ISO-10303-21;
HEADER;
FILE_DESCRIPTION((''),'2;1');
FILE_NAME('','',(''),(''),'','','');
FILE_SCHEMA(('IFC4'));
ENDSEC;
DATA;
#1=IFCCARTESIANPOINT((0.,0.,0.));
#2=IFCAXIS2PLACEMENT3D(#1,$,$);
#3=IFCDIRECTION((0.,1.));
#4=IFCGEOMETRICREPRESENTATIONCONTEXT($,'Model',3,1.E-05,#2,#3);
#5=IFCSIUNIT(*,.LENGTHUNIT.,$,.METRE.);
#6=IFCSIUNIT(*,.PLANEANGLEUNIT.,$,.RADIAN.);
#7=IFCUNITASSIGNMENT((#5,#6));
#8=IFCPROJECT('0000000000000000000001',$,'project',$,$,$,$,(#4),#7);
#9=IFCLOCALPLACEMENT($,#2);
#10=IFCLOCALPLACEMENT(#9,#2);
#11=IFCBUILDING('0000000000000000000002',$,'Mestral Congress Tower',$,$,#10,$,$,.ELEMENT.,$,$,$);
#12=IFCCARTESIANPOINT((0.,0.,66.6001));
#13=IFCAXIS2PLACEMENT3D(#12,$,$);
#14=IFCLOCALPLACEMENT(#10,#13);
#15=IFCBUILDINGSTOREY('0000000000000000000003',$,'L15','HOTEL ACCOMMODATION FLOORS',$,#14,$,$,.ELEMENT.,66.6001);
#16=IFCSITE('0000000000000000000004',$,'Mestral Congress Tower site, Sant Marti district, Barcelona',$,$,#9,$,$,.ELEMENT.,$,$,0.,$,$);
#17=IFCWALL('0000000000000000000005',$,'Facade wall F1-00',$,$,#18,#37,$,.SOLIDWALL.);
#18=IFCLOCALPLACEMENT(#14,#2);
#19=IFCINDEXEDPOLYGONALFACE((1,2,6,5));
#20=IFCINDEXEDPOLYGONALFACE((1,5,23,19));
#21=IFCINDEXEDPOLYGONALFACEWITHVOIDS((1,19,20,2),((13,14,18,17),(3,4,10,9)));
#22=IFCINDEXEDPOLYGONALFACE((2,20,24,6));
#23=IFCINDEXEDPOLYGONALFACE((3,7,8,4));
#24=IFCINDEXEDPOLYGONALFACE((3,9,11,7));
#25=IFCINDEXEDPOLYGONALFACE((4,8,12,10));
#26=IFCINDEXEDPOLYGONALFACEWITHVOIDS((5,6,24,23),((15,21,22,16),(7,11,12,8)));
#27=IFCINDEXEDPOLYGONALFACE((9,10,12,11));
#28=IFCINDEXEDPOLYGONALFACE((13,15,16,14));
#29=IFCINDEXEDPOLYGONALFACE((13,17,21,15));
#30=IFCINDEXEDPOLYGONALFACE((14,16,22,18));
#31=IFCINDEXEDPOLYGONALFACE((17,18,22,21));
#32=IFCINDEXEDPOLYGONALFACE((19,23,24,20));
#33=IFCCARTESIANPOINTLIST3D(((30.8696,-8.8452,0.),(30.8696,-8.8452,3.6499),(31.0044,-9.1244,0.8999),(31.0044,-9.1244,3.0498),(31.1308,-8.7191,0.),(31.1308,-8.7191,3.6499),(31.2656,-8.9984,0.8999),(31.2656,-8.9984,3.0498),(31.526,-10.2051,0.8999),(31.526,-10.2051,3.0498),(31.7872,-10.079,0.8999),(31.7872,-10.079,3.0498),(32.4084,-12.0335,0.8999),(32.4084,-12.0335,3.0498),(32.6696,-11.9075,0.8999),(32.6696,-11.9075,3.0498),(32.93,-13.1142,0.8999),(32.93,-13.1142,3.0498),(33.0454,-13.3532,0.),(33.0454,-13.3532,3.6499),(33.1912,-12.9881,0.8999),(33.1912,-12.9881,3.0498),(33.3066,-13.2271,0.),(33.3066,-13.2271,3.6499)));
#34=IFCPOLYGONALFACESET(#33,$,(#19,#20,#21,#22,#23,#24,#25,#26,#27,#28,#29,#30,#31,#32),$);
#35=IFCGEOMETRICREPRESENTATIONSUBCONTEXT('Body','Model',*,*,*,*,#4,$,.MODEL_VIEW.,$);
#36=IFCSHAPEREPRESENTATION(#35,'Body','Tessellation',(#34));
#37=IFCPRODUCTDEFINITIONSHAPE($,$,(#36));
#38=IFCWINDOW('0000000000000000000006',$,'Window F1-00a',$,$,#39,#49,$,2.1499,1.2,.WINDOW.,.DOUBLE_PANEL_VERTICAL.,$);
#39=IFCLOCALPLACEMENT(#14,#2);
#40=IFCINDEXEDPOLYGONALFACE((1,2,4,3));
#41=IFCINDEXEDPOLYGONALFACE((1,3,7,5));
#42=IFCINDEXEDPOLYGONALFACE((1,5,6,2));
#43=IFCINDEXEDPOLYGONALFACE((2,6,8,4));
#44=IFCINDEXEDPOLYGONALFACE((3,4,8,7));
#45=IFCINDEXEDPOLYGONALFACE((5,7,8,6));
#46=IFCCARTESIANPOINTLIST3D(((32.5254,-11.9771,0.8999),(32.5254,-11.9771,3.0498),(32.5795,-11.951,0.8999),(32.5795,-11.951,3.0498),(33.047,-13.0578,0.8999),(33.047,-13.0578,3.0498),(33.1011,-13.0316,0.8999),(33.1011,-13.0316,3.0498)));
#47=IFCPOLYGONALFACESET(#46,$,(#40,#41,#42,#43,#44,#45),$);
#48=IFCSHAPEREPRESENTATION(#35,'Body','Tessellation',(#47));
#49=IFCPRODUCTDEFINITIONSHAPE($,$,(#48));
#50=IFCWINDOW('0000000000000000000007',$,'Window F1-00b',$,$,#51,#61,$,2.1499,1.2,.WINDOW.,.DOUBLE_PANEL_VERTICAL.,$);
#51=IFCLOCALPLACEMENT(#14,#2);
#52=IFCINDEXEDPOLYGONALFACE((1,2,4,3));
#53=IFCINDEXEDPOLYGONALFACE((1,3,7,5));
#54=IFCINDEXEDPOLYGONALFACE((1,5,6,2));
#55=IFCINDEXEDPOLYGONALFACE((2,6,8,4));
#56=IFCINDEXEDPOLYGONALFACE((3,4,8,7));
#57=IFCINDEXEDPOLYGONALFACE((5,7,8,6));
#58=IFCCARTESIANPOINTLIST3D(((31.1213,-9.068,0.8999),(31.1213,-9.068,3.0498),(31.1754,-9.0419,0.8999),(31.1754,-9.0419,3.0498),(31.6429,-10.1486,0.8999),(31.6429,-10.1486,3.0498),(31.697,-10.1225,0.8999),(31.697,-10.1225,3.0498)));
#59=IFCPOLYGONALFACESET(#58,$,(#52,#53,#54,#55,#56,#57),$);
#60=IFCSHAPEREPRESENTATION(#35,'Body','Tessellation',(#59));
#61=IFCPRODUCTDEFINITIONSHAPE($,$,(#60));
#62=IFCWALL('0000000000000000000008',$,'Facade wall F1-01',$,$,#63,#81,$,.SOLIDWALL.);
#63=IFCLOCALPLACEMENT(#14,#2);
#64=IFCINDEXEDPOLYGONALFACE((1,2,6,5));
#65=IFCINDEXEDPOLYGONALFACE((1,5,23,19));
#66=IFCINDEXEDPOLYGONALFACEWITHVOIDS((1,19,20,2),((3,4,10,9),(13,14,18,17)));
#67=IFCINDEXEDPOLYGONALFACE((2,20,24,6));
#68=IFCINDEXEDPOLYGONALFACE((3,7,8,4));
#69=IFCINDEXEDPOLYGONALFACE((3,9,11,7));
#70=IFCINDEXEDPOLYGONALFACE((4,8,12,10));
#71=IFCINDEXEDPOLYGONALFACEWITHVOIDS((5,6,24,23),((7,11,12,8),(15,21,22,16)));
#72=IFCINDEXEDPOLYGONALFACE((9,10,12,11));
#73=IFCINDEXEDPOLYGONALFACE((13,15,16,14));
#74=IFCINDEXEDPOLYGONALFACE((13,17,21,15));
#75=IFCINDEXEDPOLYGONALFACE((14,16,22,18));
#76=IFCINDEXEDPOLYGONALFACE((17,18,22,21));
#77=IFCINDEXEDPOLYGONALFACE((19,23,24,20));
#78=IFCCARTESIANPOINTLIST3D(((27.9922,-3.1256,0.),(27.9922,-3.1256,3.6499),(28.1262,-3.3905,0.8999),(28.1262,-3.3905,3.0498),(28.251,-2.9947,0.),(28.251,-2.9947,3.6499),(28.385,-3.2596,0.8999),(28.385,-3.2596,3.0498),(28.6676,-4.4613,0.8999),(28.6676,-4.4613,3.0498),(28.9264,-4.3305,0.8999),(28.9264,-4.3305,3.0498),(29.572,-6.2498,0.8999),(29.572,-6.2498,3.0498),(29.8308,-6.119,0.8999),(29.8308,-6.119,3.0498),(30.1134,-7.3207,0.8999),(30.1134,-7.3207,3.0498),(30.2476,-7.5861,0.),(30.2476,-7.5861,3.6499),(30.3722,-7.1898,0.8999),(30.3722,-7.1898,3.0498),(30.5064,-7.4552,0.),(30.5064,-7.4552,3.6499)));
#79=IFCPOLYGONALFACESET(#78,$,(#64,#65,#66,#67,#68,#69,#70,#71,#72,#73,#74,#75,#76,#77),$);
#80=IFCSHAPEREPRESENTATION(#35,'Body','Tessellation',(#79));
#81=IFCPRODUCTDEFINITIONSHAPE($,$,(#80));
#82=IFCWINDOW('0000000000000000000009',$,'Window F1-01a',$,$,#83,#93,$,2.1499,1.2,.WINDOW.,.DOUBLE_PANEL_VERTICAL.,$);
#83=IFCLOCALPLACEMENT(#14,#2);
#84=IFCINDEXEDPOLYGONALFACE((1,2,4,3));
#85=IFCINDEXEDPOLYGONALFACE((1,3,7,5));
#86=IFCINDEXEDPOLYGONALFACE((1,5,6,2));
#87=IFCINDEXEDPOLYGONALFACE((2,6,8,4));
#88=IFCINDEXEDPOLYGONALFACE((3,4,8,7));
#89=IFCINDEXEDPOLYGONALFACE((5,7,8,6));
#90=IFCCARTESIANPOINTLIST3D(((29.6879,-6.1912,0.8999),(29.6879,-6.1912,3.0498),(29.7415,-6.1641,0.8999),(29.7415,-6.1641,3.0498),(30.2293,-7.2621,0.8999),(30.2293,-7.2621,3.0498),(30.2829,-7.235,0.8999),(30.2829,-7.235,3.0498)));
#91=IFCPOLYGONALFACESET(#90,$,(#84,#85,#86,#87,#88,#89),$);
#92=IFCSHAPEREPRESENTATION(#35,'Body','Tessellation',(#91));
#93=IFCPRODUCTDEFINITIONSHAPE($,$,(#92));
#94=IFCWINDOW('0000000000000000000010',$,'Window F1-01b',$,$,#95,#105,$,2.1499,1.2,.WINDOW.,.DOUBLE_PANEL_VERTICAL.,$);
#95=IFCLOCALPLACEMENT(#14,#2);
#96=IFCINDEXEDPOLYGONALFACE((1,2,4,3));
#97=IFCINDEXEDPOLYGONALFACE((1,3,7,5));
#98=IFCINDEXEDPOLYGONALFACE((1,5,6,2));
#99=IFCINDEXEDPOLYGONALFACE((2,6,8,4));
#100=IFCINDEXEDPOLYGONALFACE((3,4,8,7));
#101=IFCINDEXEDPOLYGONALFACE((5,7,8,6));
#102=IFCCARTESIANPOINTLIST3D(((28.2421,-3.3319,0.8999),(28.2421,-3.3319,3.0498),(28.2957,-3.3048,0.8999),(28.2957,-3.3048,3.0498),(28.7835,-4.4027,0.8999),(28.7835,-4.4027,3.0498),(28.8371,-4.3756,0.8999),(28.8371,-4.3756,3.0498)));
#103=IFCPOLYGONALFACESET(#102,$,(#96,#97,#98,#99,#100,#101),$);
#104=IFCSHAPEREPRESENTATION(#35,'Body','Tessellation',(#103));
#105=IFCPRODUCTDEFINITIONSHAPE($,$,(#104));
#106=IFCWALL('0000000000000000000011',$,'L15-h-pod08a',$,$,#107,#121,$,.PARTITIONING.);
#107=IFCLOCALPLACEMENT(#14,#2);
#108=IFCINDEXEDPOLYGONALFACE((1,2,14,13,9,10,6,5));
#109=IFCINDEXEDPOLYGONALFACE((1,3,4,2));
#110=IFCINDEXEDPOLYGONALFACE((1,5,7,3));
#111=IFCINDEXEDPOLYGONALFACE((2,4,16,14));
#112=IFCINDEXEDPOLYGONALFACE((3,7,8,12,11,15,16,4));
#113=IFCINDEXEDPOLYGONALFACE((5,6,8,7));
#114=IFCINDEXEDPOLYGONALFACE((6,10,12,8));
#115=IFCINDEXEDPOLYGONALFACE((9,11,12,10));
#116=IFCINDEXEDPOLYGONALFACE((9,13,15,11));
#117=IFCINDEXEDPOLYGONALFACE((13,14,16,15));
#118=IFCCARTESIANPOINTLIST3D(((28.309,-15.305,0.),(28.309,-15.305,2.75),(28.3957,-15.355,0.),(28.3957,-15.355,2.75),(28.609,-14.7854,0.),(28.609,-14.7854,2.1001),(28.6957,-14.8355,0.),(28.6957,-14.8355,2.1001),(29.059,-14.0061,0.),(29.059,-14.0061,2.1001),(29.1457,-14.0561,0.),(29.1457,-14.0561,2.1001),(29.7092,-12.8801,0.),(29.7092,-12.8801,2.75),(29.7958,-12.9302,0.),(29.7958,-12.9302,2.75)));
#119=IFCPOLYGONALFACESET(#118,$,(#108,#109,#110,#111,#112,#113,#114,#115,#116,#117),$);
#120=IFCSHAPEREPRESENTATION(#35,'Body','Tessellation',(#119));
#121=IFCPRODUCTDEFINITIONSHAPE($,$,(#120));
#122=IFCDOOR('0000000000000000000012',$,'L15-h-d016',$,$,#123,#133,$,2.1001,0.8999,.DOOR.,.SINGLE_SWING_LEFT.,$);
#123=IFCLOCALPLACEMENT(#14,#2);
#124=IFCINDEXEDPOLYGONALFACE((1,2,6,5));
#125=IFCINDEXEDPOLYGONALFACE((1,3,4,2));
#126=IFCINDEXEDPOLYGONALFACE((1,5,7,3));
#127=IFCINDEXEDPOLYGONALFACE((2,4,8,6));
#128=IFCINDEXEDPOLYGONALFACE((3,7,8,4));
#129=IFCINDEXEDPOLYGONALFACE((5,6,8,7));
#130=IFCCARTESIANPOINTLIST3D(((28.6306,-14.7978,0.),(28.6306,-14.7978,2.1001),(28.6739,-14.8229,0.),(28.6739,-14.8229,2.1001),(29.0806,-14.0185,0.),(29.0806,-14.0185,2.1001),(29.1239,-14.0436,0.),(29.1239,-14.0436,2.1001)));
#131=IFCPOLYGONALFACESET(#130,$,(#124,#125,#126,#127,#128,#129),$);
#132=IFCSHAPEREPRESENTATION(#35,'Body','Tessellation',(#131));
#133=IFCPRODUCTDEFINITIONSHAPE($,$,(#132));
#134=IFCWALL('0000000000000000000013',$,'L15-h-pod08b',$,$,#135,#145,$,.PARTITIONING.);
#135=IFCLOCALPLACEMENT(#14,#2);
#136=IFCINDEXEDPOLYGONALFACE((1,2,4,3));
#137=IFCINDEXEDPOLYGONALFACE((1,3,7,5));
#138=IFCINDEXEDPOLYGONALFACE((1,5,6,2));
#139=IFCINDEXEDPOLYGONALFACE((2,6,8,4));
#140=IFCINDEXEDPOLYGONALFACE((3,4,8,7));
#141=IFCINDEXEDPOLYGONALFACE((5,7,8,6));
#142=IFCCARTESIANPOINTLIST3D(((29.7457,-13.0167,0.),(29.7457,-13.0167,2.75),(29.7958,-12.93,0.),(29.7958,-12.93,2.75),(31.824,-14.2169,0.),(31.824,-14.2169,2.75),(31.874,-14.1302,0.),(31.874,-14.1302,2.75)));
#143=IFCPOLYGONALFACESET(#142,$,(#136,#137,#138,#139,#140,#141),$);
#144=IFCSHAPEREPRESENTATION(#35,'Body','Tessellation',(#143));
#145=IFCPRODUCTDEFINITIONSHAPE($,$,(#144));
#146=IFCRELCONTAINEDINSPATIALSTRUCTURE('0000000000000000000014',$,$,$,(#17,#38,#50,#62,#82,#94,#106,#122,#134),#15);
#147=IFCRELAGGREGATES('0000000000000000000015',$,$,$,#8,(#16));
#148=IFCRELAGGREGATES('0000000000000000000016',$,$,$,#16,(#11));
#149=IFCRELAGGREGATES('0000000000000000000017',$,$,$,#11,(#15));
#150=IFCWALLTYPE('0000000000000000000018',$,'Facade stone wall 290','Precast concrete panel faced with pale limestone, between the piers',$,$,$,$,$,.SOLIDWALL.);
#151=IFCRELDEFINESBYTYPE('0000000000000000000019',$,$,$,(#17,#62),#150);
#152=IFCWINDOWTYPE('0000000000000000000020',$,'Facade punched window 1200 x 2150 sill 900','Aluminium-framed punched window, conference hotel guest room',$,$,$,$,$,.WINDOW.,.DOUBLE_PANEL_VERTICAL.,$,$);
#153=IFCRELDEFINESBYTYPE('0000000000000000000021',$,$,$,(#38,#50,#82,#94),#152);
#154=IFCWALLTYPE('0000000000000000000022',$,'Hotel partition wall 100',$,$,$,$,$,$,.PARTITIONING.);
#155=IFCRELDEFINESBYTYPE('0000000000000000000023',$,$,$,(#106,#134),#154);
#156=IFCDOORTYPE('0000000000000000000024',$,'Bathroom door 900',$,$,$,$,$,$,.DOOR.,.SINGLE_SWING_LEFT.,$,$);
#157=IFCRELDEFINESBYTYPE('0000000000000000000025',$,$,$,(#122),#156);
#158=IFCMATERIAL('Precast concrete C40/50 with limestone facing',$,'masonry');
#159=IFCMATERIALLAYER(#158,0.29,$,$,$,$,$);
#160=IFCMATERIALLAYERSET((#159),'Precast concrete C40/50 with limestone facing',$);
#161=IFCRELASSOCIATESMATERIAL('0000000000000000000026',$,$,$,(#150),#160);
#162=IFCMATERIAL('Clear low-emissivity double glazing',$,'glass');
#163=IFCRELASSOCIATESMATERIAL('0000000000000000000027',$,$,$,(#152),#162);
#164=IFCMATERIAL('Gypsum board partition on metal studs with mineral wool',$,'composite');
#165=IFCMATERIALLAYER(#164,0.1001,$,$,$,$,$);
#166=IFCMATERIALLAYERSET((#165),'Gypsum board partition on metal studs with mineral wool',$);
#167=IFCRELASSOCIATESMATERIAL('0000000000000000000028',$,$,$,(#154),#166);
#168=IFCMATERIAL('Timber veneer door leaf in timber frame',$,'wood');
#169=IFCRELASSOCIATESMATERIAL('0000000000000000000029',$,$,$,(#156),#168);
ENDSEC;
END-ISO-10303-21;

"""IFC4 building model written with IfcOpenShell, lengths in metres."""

from ifc_helpers import new_model, si_unit, direction, frame, frame_2d, origin, place, context, subcontext, project, spatial, rectangle, extrude, material, layer, layer_set, type_object, element, fill, save


model = new_model("IFC4")

# Units and contexts
model_context = context("Model", 3, precision=1e-05, world=origin(), true_north=direction((0.0, 1.0)))
body_context = subcontext(model_context, "Body", "Model", "MODEL_VIEW")
ifc_project = project(units=[si_unit("LENGTHUNIT", "METRE"), si_unit("PLANEANGLEUNIT", "RADIAN")], contexts=[model_context])

# Site, building, storey
site_placement = place(None, origin())
site = spatial("IfcSite", under=ifc_project, at=site_placement, Name="Mestral Congress Tower site, Sant Marti district, Barcelona", CompositionType="ELEMENT", RefElevation=0.0)
building_placement = place(site_placement, origin())
building = spatial("IfcBuilding", under=site, at=building_placement, Name="Mestral Congress Tower", CompositionType="ELEMENT")
storey_placement = place(building_placement, frame((0.0, 0.0, 66.6001)))
storey = spatial("IfcBuildingStorey", under=building, at=storey_placement, Name="L15", Description="HOTEL ACCOMMODATION FLOORS", CompositionType="ELEMENT", Elevation=66.6001)

# Shared definitions
ifc_material_1 = material(Name="Precast concrete C40/50 with limestone facing", Category="masonry")
ifc_layer_1 = layer(ifc_material_1, 0.29)
ifc_layer_set_1 = layer_set([ifc_layer_1], Name="Precast concrete C40/50 with limestone facing")
wall_type_1 = type_object("IfcWallType", Name="Facade stone wall 290", Description="Precast concrete panel faced with pale limestone, between the piers", PredefinedType="SOLIDWALL", material=ifc_layer_set_1)
ifc_material_2 = material(Name="Clear low-emissivity double glazing", Category="glass")

# Walls, openings, windows
wall_1_placement = place(storey_placement, frame((33.176, -13.2903, 0.0), z_axis=(0.0, 0.0, 1.0), x_axis=(-0.434664, 0.900592, 0.0)))
wall_1 = element("IfcWall", 1, at=wall_1_placement, inside=storey, type_object=wall_type_1, Name="Facade wall F1-00", PredefinedType="SOLIDWALL", context=body_context, shape_type="SweptSolid", body=[
    extrude(rectangle(XDim=5.0056, YDim=0.29, at=frame_2d((2.5029, 0.0))), origin(), (0.0, 0.0, 1.0), 3.6499),
])
opening_1_placement = place(wall_1_placement, frame((0.2654, 0.0, 0.8999)))
opening_1 = element("IfcOpeningElement", 2, at=opening_1_placement, cuts=wall_1, PredefinedType="OPENING", context=body_context, shape_type="SweptSolid", body=[
    extrude(rectangle(XDim=1.2, YDim=2.1499, at=frame_2d((0.6001, 1.075))), frame((0.0, 0.155, 0.0), z_axis=(0.0, -1.0, 0.0), x_axis=(1.0, 0.0, 0.0)), (0.0, 0.0, 1.0), 0.3101),
])
opening_2_placement = place(wall_1_placement, frame((3.4956, 0.0, 0.8999)))
opening_2 = element("IfcOpeningElement", 3, at=opening_2_placement, cuts=wall_1, PredefinedType="OPENING", context=body_context, shape_type="SweptSolid", body=[
    extrude(rectangle(XDim=1.2, YDim=2.1499, at=frame_2d((0.6001, 1.075))), frame((0.0, 0.155, 0.0), z_axis=(0.0, -1.0, 0.0), x_axis=(1.0, 0.0, 0.0)), (0.0, 0.0, 1.0), 0.3101),
])
window_type_1 = type_object("IfcWindowType", Name="Facade punched window 1200 x 2150 sill 900", Description="Aluminium-framed punched window, conference hotel guest room", PartitioningType="DOUBLE_PANEL_VERTICAL", PredefinedType="WINDOW", material=ifc_material_2)
window_1_placement = place(opening_1_placement, origin())
window_1 = element("IfcWindow", 4, at=window_1_placement, inside=storey, type_object=window_type_1, Name="Window F1-00a", OverallHeight=2.1499, OverallWidth=1.2, PartitioningType="DOUBLE_PANEL_VERTICAL", PredefinedType="WINDOW", context=body_context, shape_type="SweptSolid", body=[
    extrude(rectangle(XDim=1.2, YDim=2.1499, at=frame_2d((0.6001, 1.075))), frame((0.0, 0.0151, 0.0), z_axis=(0.0, -1.0, 0.0), x_axis=(1.0, 0.0, 0.0)), (0.0, 0.0, 1.0), 0.0601),
])
fill(opening_1, window_1)
window_2_placement = place(opening_2_placement, origin())
window_2 = element("IfcWindow", 5, at=window_2_placement, inside=storey, type_object=window_type_1, Name="Window F1-00b", OverallHeight=2.1499, OverallWidth=1.2, PartitioningType="DOUBLE_PANEL_VERTICAL", PredefinedType="WINDOW", context=body_context, shape_type="SweptSolid", body=[
    extrude(rectangle(XDim=1.2, YDim=2.1499, at=frame_2d((0.6001, 1.075))), frame((0.0, 0.0151, 0.0), z_axis=(0.0, -1.0, 0.0), x_axis=(1.0, 0.0, 0.0)), (0.0, 0.0, 1.0), 0.0601),
])
fill(opening_2, window_2)
wall_2_placement = place(storey_placement, frame((30.377, -7.5205, 0.0), z_axis=(0.0, 0.0, 1.0), x_axis=(-0.451234, 0.892406, 0.0)))
wall_2 = element("IfcWall", 6, at=wall_2_placement, inside=storey, type_object=wall_type_1, Name="Facade wall F1-01", PredefinedType="SOLIDWALL", context=body_context, shape_type="SweptSolid", body=[
    extrude(rectangle(XDim=4.9983, YDim=0.29, at=frame_2d((2.499, 0.0))), origin(), (0.0, 0.0, 1.0), 3.6499),
])
opening_3_placement = place(wall_2_placement, frame((0.2971, 0.0, 0.8999)))
opening_3 = element("IfcOpeningElement", 7, at=opening_3_placement, cuts=wall_2, PredefinedType="OPENING", context=body_context, shape_type="SweptSolid", body=[
    extrude(rectangle(XDim=1.2, YDim=2.1499, at=frame_2d((0.6001, 1.075))), frame((0.0, 0.155, 0.0), z_axis=(0.0, -1.0, 0.0), x_axis=(1.0, 0.0, 0.0)), (0.0, 0.0, 1.0), 0.3101),
])
opening_4_placement = place(wall_2_placement, frame((3.5012, 0.0, 0.8999)))
opening_4 = element("IfcOpeningElement", 8, at=opening_4_placement, cuts=wall_2, PredefinedType="OPENING", context=body_context, shape_type="SweptSolid", body=[
    extrude(rectangle(XDim=1.2, YDim=2.1499, at=frame_2d((0.6001, 1.075))), frame((0.0, 0.155, 0.0), z_axis=(0.0, -1.0, 0.0), x_axis=(1.0, 0.0, 0.0)), (0.0, 0.0, 1.0), 0.3101),
])
window_3_placement = place(opening_3_placement, origin())
window_3 = element("IfcWindow", 9, at=window_3_placement, inside=storey, type_object=window_type_1, Name="Window F1-01a", OverallHeight=2.1499, OverallWidth=1.2, PartitioningType="DOUBLE_PANEL_VERTICAL", PredefinedType="WINDOW", context=body_context, shape_type="SweptSolid", body=[
    extrude(rectangle(XDim=1.2, YDim=2.1499, at=frame_2d((0.6001, 1.075))), frame((0.0, 0.0151, 0.0), z_axis=(0.0, -1.0, 0.0), x_axis=(1.0, 0.0, 0.0)), (0.0, 0.0, 1.0), 0.0601),
])
fill(opening_3, window_3)
window_4_placement = place(opening_4_placement, origin())
window_4 = element("IfcWindow", 10, at=window_4_placement, inside=storey, type_object=window_type_1, Name="Window F1-01b", OverallHeight=2.1499, OverallWidth=1.2, PartitioningType="DOUBLE_PANEL_VERTICAL", PredefinedType="WINDOW", context=body_context, shape_type="SweptSolid", body=[
    extrude(rectangle(XDim=1.2, YDim=2.1499, at=frame_2d((0.6001, 1.075))), frame((0.0, 0.0151, 0.0), z_axis=(0.0, -1.0, 0.0), x_axis=(1.0, 0.0, 0.0)), (0.0, 0.0, 1.0), 0.0601),
])
fill(opening_4, window_4)

# Wall, opening, door
ifc_material_3 = material(Name="Gypsum board partition on metal studs with mineral wool", Category="composite")
ifc_layer_2 = layer(ifc_material_3, 0.1001)
ifc_layer_set_2 = layer_set([ifc_layer_2], Name="Gypsum board partition on metal studs with mineral wool")
wall_type_2 = type_object("IfcWallType", Name="Hotel partition wall 100", PredefinedType="PARTITIONING", material=ifc_layer_set_2)
wall_3_placement = place(storey_placement, frame((29.7524, -12.9053, 0.0), z_axis=(0.0, 0.0, 1.0), x_axis=(-0.50005, -0.865997, 0.0)))
wall_3 = element("IfcWall", 11, at=wall_3_placement, inside=storey, type_object=wall_type_2, Name="L15-h-pod08a", PredefinedType="PARTITIONING", context=body_context, shape_type="SweptSolid", body=[
    extrude(rectangle(XDim=2.8, YDim=0.1001, at=frame_2d((1.3999, 0.0))), origin(), (0.0, 0.0, 1.0), 2.75),
])
opening_5_placement = place(wall_3_placement, frame((1.3, 0.0, 0.0)))
opening_5 = element("IfcOpeningElement", 12, at=opening_5_placement, cuts=wall_3, PredefinedType="OPENING", context=body_context, shape_type="SweptSolid", body=[
    extrude(rectangle(XDim=0.8999, YDim=2.1001, at=frame_2d((0.45, 1.05))), frame((0.0, 0.0601, 0.0), z_axis=(0.0, -1.0, 0.0), x_axis=(1.0, 0.0, 0.0)), (0.0, 0.0, 1.0), 0.1201),
])
ifc_material_4 = material(Name="Timber veneer door leaf in timber frame", Category="wood")
door_type = type_object("IfcDoorType", Name="Bathroom door 900", OperationType="SINGLE_SWING_LEFT", PredefinedType="DOOR", material=ifc_material_4)
door_placement = place(opening_5_placement, origin())
door = element("IfcDoor", 13, at=door_placement, inside=storey, type_object=door_type, Name="L15-h-d016", OperationType="SINGLE_SWING_LEFT", OverallHeight=2.1001, OverallWidth=0.8999, PredefinedType="DOOR", context=body_context, shape_type="SweptSolid", body=[
    extrude(rectangle(XDim=0.8999, YDim=2.1001, at=frame_2d((0.45, 1.05))), frame((0.0, 0.0249, 0.0), z_axis=(0.0, -1.0, 0.0), x_axis=(1.0, 0.0, 0.0)), (0.0, 0.0, 1.0), 0.05),
])
fill(opening_5, door)

# Wall
wall_4_placement = place(storey_placement, frame((29.7708, -12.9734, 0.0), z_axis=(0.0, 0.0, 1.0), x_axis=(0.865981, -0.500078, 0.0)))
element("IfcWall", 14, at=wall_4_placement, inside=storey, type_object=wall_type_2, Name="L15-h-pod08b", PredefinedType="PARTITIONING", context=body_context, shape_type="SweptSolid", body=[
    extrude(rectangle(XDim=2.3999, YDim=0.1001, at=frame_2d((1.2, 0.0))), origin(), (0.0, 0.0, 1.0), 2.75),
])

save(model, "model.ifc")
